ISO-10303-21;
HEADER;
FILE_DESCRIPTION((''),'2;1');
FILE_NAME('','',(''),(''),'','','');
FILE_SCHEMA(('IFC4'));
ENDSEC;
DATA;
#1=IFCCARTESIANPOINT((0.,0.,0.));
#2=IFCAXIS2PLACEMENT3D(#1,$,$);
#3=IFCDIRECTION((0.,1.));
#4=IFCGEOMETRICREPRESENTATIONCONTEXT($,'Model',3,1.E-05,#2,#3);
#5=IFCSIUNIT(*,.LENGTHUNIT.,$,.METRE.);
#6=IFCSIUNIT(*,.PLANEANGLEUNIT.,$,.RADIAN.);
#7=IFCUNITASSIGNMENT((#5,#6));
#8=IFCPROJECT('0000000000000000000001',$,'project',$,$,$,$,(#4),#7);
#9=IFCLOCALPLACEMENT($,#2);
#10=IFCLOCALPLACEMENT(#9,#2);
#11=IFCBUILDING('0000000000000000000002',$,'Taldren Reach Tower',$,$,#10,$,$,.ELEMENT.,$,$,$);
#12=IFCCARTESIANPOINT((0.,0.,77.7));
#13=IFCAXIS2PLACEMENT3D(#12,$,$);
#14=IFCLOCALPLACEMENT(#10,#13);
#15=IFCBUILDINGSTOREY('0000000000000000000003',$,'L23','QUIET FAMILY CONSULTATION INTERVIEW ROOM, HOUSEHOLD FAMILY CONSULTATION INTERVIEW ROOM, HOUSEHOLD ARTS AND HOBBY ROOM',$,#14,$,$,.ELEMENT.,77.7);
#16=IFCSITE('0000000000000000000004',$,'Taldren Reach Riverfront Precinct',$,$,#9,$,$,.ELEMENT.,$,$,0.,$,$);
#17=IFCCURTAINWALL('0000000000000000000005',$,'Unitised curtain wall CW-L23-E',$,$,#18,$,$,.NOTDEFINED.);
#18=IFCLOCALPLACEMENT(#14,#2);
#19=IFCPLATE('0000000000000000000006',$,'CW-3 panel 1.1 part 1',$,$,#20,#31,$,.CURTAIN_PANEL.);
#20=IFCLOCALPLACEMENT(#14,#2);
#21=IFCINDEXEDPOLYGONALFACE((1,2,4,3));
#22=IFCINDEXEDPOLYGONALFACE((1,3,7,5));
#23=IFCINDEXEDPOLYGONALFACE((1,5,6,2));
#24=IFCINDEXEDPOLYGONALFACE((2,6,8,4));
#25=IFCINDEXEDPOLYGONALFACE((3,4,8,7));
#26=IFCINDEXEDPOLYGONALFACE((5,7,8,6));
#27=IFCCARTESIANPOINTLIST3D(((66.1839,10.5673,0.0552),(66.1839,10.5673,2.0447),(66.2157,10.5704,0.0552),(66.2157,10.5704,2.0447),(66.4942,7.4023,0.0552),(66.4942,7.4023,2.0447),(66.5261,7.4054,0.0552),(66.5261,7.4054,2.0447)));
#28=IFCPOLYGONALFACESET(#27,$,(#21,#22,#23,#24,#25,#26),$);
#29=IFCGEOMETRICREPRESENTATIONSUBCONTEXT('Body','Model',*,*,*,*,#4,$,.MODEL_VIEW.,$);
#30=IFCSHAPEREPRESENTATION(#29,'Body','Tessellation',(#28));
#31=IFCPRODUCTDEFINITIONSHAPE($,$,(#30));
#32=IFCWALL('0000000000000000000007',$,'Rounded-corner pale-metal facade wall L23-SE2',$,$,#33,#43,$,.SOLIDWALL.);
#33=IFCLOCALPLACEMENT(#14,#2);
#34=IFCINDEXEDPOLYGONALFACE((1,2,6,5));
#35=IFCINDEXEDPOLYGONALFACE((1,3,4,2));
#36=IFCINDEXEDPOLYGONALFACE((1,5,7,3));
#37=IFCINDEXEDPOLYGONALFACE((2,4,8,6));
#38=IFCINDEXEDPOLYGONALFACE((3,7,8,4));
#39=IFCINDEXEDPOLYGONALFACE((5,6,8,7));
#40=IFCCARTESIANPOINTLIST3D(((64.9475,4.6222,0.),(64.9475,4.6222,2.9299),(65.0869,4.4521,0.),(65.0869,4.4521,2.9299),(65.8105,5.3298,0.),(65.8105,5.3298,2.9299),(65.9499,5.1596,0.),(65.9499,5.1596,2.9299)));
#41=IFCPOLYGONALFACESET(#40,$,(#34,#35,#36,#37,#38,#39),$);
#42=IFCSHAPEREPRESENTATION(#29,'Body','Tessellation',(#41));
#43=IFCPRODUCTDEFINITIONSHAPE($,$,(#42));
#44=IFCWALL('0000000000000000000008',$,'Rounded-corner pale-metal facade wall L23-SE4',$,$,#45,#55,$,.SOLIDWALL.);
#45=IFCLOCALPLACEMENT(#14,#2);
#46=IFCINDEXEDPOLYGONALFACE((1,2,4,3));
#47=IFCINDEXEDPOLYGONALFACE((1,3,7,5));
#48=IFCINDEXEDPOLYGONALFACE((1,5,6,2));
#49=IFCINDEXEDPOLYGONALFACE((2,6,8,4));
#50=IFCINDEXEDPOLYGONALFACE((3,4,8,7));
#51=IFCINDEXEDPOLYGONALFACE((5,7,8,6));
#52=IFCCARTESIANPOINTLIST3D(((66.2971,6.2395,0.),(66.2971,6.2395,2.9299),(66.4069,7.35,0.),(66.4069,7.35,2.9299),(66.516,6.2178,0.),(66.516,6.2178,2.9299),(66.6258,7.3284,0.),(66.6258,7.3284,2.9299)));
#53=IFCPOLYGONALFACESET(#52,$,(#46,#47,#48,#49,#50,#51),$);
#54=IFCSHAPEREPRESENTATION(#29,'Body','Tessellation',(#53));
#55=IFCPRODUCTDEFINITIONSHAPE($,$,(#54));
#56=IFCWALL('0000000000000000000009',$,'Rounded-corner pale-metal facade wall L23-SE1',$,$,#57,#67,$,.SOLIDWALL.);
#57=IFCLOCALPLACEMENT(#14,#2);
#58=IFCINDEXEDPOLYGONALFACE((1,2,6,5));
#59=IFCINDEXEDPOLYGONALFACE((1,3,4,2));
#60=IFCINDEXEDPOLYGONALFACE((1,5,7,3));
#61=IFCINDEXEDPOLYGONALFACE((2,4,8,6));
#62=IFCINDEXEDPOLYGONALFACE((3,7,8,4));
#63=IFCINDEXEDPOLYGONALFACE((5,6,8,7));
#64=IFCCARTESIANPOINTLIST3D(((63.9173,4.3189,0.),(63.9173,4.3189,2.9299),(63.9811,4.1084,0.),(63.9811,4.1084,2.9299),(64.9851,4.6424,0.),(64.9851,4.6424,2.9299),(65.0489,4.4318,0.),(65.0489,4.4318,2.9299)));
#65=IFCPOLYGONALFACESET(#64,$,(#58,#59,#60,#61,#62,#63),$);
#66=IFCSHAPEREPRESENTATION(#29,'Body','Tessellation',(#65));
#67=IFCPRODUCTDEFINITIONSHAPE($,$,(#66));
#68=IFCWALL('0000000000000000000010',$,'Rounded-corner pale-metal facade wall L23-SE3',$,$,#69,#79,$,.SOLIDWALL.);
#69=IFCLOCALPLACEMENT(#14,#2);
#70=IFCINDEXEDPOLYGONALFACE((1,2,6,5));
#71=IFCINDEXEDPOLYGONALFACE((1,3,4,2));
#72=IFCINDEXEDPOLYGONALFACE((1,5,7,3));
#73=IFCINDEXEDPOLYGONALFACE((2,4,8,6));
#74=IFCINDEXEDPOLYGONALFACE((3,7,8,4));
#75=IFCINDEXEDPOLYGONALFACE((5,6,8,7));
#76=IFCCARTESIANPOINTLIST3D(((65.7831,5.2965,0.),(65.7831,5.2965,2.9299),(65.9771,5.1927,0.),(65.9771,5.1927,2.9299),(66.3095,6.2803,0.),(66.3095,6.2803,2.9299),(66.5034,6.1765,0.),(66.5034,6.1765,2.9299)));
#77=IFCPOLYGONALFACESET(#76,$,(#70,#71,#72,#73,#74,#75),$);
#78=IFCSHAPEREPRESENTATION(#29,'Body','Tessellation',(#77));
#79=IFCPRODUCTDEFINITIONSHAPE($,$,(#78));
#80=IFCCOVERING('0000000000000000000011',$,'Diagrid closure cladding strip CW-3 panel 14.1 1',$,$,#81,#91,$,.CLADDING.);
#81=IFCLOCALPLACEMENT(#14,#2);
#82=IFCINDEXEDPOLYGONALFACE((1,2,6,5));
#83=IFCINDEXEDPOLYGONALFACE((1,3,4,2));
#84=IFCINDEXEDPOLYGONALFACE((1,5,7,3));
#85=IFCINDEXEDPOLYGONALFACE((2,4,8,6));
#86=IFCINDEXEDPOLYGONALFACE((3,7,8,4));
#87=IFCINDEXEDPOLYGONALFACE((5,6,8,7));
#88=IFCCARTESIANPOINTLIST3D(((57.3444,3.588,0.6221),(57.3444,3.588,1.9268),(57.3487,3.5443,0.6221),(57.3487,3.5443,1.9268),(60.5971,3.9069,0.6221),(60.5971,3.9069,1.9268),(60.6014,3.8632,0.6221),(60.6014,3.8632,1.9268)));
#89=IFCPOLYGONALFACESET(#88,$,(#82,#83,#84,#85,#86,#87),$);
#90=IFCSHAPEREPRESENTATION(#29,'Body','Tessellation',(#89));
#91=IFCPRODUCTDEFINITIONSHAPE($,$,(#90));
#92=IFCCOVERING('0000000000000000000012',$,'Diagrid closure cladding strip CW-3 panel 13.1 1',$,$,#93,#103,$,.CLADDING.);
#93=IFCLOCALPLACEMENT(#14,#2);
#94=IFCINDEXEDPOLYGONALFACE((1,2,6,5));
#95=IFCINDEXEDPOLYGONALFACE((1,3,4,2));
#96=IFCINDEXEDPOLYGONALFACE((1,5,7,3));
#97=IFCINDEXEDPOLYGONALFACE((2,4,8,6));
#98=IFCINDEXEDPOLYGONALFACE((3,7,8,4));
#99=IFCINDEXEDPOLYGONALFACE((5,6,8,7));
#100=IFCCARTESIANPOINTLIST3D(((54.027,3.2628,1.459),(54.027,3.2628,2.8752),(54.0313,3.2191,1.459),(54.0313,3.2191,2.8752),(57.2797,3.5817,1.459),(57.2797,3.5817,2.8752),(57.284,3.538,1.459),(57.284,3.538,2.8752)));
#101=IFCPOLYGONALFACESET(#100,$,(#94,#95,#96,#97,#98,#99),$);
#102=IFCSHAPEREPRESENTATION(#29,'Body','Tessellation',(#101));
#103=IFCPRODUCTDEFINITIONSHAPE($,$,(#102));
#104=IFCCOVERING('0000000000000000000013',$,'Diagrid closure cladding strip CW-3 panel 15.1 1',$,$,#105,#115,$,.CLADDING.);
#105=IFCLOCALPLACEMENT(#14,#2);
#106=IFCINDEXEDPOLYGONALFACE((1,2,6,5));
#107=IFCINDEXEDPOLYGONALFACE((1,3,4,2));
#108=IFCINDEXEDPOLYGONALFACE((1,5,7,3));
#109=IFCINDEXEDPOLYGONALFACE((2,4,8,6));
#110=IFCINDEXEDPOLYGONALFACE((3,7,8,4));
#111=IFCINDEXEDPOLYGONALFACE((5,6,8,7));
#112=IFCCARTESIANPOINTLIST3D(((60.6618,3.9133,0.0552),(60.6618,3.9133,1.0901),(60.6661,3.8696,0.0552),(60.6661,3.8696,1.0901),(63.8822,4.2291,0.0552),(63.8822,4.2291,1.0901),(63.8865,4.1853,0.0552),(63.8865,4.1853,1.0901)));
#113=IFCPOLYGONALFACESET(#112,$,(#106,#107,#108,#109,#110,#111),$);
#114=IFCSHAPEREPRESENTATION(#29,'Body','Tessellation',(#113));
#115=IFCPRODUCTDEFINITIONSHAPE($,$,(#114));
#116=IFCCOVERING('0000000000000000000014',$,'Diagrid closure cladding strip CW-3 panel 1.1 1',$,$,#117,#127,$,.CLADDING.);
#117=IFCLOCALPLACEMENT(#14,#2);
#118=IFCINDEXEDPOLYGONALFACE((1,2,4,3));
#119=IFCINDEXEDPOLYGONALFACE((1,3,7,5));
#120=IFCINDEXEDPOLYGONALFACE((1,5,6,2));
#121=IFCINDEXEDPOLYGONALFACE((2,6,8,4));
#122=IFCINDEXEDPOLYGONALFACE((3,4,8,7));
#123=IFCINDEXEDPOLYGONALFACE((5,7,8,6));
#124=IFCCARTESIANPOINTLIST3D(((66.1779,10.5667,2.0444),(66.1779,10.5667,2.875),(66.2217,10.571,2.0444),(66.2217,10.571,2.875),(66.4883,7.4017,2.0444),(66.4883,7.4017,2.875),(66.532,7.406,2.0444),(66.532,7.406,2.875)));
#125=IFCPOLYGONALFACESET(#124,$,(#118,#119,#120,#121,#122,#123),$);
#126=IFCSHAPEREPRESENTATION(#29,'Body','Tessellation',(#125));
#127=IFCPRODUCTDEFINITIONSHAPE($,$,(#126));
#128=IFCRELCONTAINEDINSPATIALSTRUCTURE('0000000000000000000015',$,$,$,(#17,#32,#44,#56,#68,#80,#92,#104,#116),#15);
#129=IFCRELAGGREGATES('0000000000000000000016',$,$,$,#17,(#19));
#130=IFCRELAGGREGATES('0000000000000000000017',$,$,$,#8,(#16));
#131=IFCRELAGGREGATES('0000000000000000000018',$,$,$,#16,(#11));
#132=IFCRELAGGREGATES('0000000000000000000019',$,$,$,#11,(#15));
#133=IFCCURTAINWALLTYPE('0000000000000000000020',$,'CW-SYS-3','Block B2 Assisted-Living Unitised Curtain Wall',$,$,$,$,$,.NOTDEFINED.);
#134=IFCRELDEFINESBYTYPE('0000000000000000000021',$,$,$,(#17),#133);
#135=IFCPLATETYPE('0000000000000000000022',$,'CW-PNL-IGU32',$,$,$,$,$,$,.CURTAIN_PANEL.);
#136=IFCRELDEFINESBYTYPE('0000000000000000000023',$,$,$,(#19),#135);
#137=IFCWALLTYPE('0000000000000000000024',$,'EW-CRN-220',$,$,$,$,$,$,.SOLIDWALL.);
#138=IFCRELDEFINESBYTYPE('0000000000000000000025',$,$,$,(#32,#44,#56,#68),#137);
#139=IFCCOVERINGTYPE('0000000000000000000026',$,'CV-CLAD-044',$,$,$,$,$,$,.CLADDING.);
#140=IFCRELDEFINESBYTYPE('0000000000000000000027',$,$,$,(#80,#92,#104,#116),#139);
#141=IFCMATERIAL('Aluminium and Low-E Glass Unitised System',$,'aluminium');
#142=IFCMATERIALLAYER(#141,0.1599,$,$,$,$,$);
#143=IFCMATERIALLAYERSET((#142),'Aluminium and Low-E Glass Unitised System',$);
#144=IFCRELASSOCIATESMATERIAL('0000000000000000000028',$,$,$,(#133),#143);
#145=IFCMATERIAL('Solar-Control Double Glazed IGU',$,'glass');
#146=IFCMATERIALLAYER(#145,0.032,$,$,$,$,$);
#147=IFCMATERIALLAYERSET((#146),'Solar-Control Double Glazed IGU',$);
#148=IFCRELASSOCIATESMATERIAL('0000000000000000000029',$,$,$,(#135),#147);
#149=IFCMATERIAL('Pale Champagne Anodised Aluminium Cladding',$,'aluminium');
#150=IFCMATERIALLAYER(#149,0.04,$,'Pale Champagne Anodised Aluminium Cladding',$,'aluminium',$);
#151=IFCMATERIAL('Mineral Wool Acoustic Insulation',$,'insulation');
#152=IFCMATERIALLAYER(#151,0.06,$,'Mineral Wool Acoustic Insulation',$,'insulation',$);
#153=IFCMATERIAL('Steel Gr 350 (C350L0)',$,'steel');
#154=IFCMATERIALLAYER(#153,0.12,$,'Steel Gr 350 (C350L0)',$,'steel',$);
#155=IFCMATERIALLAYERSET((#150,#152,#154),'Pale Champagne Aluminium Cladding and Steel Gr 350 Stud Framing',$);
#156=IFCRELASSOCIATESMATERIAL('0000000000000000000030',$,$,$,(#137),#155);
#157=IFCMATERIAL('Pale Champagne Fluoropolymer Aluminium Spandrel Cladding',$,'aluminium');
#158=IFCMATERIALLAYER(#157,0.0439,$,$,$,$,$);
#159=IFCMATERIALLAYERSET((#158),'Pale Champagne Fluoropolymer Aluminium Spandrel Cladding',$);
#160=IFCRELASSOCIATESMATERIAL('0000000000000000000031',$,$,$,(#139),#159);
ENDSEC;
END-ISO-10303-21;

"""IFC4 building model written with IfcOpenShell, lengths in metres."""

from ifc_helpers import new_model, si_unit, direction, frame, frame_2d, origin, origin_2d, place, context, subcontext, project, spatial, rectangle, extrude, source, transform, mapped, material, layer, layer_set, type_object, element, aggregate, save


model = new_model("IFC4")

# Units and contexts
model_context = context("Model", 3, precision=1e-05, world=origin(), true_north=direction((0.0, 1.0)))
body_context = subcontext(model_context, "Body", "Model", "MODEL_VIEW")
ifc_project = project(units=[si_unit("LENGTHUNIT", "METRE"), si_unit("PLANEANGLEUNIT", "RADIAN")], contexts=[model_context])

# Site, building, storey
site_placement = place(None, origin())
site = spatial("IfcSite", under=ifc_project, at=site_placement, Name="Taldren Reach Riverfront Precinct", CompositionType="ELEMENT", RefElevation=0.0)
building_placement = place(site_placement, origin())
building = spatial("IfcBuilding", under=site, at=building_placement, Name="Taldren Reach Tower", CompositionType="ELEMENT")
storey_placement = place(building_placement, frame((0.0, 0.0, 77.7)))
storey = spatial("IfcBuildingStorey", under=building, at=storey_placement, Name="L23", Description="QUIET FAMILY CONSULTATION INTERVIEW ROOM, HOUSEHOLD FAMILY CONSULTATION INTERVIEW ROOM, HOUSEHOLD ARTS AND HOBBY ROOM", CompositionType="ELEMENT", Elevation=77.7)

# Shared definitions
ifc_material_1 = material(Name="Steel Gr 350 (C350L0)", Category="steel")

# Shared definitions
ifc_material_2 = material(Name="Aluminium and Low-E Glass Unitised System", Category="aluminium")
ifc_layer_1 = layer(ifc_material_2, 0.1599)
ifc_layer_set_1 = layer_set([ifc_layer_1], Name="Aluminium and Low-E Glass Unitised System")
curtain_wall_type = type_object("IfcCurtainWallType", Name="CW-SYS-3", Description="Block B2 Assisted-Living Unitised Curtain Wall", PredefinedType="NOTDEFINED", material=ifc_layer_set_1)

# Curtain wall
curtain_wall_1_placement = place(storey_placement, origin())
curtain_wall_1 = element("IfcCurtainWall", 1, at=curtain_wall_1_placement, inside=storey, type_object=curtain_wall_type, Name="Unitised curtain wall CW-L23-E", PredefinedType="NOTDEFINED")

# Plate
ifc_material_3 = material(Name="Solar-Control Double Glazed IGU", Category="glass")
ifc_layer_2 = layer(ifc_material_3, 0.032)
ifc_layer_set_2 = layer_set([ifc_layer_2], Name="Solar-Control Double Glazed IGU")
plate_type_1 = type_object("IfcPlateType", Name="CW-PNL-IGU32", PredefinedType="CURTAIN_PANEL", material=ifc_layer_set_2)
shared_shape_1 = source(origin(), body_context, "Body", "SweptSolid", [
    extrude(rectangle(XDim=3.1802, YDim=0.032, at=origin_2d()), origin(), (0.0, 0.0, 1.0), 1.9895),
])
plate_1_placement = place(storey_placement, frame((66.355, 8.9863, 0.0552), z_axis=(0.0, 0.0, 1.0), x_axis=(-0.097583, 0.995227, 0.0)))
plate_1 = element("IfcPlate", 2, at=plate_1_placement, type_object=plate_type_1, Name="CW-3 panel 1.1 part 1", PredefinedType="CURTAIN_PANEL", context=body_context, shape_type="MappedRepresentation", body=[
    mapped(shared_shape_1, transform((0.0, 0.0, 0.0), scale=1.0)),
])
aggregate(curtain_wall_1, [plate_1])

# Walls
ifc_material_4 = material(Name="Pale Champagne Anodised Aluminium Cladding", Category="aluminium")
ifc_layer_3 = layer(ifc_material_4, 0.04, Name="Pale Champagne Anodised Aluminium Cladding", Category="aluminium")
ifc_material_5 = material(Name="Mineral Wool Acoustic Insulation", Category="insulation")
ifc_layer_4 = layer(ifc_material_5, 0.06, Name="Mineral Wool Acoustic Insulation", Category="insulation")
ifc_layer_5 = layer(ifc_material_1, 0.12, Name="Steel Gr 350 (C350L0)", Category="steel")
ifc_layer_set_3 = layer_set([ifc_layer_3, ifc_layer_4, ifc_layer_5], Name="Pale Champagne Aluminium Cladding and Steel Gr 350 Stud Framing")
wall_type = type_object("IfcWallType", Name="EW-CRN-220", PredefinedType="SOLIDWALL", material=ifc_layer_set_3)
shared_shape_2 = source(origin(), body_context, "Body", "SweptSolid", [
    extrude(rectangle(XDim=1.116, YDim=0.22, at=frame_2d((0.5581, 0.0))), origin(), (0.0, 0.0, 1.0), 2.9299),
])
for number, where, z_axis, x_axis, name in (
    (3, (65.0171, 4.5371, 0.0), (0.0, 0.0, 1.0), (0.773343, 0.633988, 0.0), "Rounded-corner pale-metal facade wall L23-SE2"),
    (4, (66.4065, 6.2285, 0.0), (0.0, 0.0, 1.0), (0.098442, 0.995143, 0.0), "Rounded-corner pale-metal facade wall L23-SE4"),
):
    element("IfcWall", number, at=place(storey_placement, frame(where, z_axis=z_axis, x_axis=x_axis)), inside=storey, type_object=wall_type, Name=name, PredefinedType="SOLIDWALL", context=body_context, shape_type="MappedRepresentation", body=[
        mapped(shared_shape_2, transform((0.0, 0.0, 0.0), scale=1.0)),
    ])
shared_shape_3 = source(origin(), body_context, "Body", "SweptSolid", [
    extrude(rectangle(XDim=1.1157, YDim=0.22, at=frame_2d((0.5579, 0.0))), origin(), (0.0, 0.0, 1.0), 2.9299),
])
for number, where, z_axis, x_axis, name in (
    (5, (63.9492, 4.2136, 0.0), (0.0, 0.0, 1.0), (0.957052, 0.289916, 0.0), "Rounded-corner pale-metal facade wall L23-SE1"),
    (6, (65.8801, 5.2446, 0.0), (0.0, 0.0, 1.0), (0.471723, 0.881747, 0.0), "Rounded-corner pale-metal facade wall L23-SE3"),
):
    element("IfcWall", number, at=place(storey_placement, frame(where, z_axis=z_axis, x_axis=x_axis)), inside=storey, type_object=wall_type, Name=name, PredefinedType="SOLIDWALL", context=body_context, shape_type="MappedRepresentation", body=[
        mapped(shared_shape_3, transform((0.0, 0.0, 0.0), scale=1.0)),
    ])

# Coverings
ifc_material_6 = material(Name="Pale Champagne Fluoropolymer Aluminium Spandrel Cladding", Category="aluminium")
ifc_layer_6 = layer(ifc_material_6, 0.0439)
ifc_layer_set_4 = layer_set([ifc_layer_6], Name="Pale Champagne Fluoropolymer Aluminium Spandrel Cladding")
covering_type = type_object("IfcCoveringType", Name="CV-CLAD-044", PredefinedType="CLADDING", material=ifc_layer_set_4)
shared_shape_4 = source(origin(), body_context, "Body", "SweptSolid", [
    extrude(rectangle(XDim=3.2683, YDim=0.0439, at=origin_2d()), origin(), (0.0, 0.0, 1.0), 1.3047),
])
covering_1_placement = place(storey_placement, frame((58.9729, 3.7256, 0.6221), z_axis=(0.0, 0.0, 1.0), x_axis=(0.995227, 0.097583, 0.0)))
element("IfcCovering", 7, at=covering_1_placement, inside=storey, type_object=covering_type, Name="Diagrid closure cladding strip CW-3 panel 14.1 1", PredefinedType="CLADDING", context=body_context, shape_type="MappedRepresentation", body=[
    mapped(shared_shape_4, transform((0.0, 0.0, 0.0), scale=1.0)),
])
shared_shape_5 = source(origin(), body_context, "Body", "SweptSolid", [
    extrude(rectangle(XDim=3.2683, YDim=0.0439, at=origin_2d()), origin(), (0.0, 0.0, 1.0), 1.4163),
])
covering_2_placement = place(storey_placement, frame((55.6555, 3.4004, 1.459), z_axis=(0.0, 0.0, 1.0), x_axis=(0.995227, 0.097583, 0.0)))
element("IfcCovering", 8, at=covering_2_placement, inside=storey, type_object=covering_type, Name="Diagrid closure cladding strip CW-3 panel 13.1 1", PredefinedType="CLADDING", context=body_context, shape_type="MappedRepresentation", body=[
    mapped(shared_shape_5, transform((0.0, 0.0, 0.0), scale=1.0)),
])
shared_shape_6 = source(origin(), body_context, "Body", "SweptSolid", [
    extrude(rectangle(XDim=3.2358, YDim=0.0439, at=origin_2d()), origin(), (0.0, 0.0, 1.0), 1.0349),
])
covering_3_placement = place(storey_placement, frame((62.2742, 4.0493, 0.0552), z_axis=(0.0, 0.0, 1.0), x_axis=(0.995227, 0.097583, 0.0)))
element("IfcCovering", 9, at=covering_3_placement, inside=storey, type_object=covering_type, Name="Diagrid closure cladding strip CW-3 panel 15.1 1", PredefinedType="CLADDING", context=body_context, shape_type="MappedRepresentation", body=[
    mapped(shared_shape_6, transform((0.0, 0.0, 0.0), scale=1.0)),
])
shared_shape_7 = source(origin(), body_context, "Body", "SweptSolid", [
    extrude(rectangle(XDim=3.1802, YDim=0.0439, at=origin_2d()), origin(), (0.0, 0.0, 1.0), 0.8306),
])
covering_4_placement = place(storey_placement, frame((66.355, 8.9863, 2.0444), z_axis=(0.0, 0.0, 1.0), x_axis=(-0.097583, 0.995227, 0.0)))
element("IfcCovering", 10, at=covering_4_placement, inside=storey, type_object=covering_type, Name="Diagrid closure cladding strip CW-3 panel 1.1 1", PredefinedType="CLADDING", context=body_context, shape_type="MappedRepresentation", body=[
    mapped(shared_shape_7, transform((0.0, 0.0, 0.0), scale=1.0)),
])

save(model, "model.ifc")
